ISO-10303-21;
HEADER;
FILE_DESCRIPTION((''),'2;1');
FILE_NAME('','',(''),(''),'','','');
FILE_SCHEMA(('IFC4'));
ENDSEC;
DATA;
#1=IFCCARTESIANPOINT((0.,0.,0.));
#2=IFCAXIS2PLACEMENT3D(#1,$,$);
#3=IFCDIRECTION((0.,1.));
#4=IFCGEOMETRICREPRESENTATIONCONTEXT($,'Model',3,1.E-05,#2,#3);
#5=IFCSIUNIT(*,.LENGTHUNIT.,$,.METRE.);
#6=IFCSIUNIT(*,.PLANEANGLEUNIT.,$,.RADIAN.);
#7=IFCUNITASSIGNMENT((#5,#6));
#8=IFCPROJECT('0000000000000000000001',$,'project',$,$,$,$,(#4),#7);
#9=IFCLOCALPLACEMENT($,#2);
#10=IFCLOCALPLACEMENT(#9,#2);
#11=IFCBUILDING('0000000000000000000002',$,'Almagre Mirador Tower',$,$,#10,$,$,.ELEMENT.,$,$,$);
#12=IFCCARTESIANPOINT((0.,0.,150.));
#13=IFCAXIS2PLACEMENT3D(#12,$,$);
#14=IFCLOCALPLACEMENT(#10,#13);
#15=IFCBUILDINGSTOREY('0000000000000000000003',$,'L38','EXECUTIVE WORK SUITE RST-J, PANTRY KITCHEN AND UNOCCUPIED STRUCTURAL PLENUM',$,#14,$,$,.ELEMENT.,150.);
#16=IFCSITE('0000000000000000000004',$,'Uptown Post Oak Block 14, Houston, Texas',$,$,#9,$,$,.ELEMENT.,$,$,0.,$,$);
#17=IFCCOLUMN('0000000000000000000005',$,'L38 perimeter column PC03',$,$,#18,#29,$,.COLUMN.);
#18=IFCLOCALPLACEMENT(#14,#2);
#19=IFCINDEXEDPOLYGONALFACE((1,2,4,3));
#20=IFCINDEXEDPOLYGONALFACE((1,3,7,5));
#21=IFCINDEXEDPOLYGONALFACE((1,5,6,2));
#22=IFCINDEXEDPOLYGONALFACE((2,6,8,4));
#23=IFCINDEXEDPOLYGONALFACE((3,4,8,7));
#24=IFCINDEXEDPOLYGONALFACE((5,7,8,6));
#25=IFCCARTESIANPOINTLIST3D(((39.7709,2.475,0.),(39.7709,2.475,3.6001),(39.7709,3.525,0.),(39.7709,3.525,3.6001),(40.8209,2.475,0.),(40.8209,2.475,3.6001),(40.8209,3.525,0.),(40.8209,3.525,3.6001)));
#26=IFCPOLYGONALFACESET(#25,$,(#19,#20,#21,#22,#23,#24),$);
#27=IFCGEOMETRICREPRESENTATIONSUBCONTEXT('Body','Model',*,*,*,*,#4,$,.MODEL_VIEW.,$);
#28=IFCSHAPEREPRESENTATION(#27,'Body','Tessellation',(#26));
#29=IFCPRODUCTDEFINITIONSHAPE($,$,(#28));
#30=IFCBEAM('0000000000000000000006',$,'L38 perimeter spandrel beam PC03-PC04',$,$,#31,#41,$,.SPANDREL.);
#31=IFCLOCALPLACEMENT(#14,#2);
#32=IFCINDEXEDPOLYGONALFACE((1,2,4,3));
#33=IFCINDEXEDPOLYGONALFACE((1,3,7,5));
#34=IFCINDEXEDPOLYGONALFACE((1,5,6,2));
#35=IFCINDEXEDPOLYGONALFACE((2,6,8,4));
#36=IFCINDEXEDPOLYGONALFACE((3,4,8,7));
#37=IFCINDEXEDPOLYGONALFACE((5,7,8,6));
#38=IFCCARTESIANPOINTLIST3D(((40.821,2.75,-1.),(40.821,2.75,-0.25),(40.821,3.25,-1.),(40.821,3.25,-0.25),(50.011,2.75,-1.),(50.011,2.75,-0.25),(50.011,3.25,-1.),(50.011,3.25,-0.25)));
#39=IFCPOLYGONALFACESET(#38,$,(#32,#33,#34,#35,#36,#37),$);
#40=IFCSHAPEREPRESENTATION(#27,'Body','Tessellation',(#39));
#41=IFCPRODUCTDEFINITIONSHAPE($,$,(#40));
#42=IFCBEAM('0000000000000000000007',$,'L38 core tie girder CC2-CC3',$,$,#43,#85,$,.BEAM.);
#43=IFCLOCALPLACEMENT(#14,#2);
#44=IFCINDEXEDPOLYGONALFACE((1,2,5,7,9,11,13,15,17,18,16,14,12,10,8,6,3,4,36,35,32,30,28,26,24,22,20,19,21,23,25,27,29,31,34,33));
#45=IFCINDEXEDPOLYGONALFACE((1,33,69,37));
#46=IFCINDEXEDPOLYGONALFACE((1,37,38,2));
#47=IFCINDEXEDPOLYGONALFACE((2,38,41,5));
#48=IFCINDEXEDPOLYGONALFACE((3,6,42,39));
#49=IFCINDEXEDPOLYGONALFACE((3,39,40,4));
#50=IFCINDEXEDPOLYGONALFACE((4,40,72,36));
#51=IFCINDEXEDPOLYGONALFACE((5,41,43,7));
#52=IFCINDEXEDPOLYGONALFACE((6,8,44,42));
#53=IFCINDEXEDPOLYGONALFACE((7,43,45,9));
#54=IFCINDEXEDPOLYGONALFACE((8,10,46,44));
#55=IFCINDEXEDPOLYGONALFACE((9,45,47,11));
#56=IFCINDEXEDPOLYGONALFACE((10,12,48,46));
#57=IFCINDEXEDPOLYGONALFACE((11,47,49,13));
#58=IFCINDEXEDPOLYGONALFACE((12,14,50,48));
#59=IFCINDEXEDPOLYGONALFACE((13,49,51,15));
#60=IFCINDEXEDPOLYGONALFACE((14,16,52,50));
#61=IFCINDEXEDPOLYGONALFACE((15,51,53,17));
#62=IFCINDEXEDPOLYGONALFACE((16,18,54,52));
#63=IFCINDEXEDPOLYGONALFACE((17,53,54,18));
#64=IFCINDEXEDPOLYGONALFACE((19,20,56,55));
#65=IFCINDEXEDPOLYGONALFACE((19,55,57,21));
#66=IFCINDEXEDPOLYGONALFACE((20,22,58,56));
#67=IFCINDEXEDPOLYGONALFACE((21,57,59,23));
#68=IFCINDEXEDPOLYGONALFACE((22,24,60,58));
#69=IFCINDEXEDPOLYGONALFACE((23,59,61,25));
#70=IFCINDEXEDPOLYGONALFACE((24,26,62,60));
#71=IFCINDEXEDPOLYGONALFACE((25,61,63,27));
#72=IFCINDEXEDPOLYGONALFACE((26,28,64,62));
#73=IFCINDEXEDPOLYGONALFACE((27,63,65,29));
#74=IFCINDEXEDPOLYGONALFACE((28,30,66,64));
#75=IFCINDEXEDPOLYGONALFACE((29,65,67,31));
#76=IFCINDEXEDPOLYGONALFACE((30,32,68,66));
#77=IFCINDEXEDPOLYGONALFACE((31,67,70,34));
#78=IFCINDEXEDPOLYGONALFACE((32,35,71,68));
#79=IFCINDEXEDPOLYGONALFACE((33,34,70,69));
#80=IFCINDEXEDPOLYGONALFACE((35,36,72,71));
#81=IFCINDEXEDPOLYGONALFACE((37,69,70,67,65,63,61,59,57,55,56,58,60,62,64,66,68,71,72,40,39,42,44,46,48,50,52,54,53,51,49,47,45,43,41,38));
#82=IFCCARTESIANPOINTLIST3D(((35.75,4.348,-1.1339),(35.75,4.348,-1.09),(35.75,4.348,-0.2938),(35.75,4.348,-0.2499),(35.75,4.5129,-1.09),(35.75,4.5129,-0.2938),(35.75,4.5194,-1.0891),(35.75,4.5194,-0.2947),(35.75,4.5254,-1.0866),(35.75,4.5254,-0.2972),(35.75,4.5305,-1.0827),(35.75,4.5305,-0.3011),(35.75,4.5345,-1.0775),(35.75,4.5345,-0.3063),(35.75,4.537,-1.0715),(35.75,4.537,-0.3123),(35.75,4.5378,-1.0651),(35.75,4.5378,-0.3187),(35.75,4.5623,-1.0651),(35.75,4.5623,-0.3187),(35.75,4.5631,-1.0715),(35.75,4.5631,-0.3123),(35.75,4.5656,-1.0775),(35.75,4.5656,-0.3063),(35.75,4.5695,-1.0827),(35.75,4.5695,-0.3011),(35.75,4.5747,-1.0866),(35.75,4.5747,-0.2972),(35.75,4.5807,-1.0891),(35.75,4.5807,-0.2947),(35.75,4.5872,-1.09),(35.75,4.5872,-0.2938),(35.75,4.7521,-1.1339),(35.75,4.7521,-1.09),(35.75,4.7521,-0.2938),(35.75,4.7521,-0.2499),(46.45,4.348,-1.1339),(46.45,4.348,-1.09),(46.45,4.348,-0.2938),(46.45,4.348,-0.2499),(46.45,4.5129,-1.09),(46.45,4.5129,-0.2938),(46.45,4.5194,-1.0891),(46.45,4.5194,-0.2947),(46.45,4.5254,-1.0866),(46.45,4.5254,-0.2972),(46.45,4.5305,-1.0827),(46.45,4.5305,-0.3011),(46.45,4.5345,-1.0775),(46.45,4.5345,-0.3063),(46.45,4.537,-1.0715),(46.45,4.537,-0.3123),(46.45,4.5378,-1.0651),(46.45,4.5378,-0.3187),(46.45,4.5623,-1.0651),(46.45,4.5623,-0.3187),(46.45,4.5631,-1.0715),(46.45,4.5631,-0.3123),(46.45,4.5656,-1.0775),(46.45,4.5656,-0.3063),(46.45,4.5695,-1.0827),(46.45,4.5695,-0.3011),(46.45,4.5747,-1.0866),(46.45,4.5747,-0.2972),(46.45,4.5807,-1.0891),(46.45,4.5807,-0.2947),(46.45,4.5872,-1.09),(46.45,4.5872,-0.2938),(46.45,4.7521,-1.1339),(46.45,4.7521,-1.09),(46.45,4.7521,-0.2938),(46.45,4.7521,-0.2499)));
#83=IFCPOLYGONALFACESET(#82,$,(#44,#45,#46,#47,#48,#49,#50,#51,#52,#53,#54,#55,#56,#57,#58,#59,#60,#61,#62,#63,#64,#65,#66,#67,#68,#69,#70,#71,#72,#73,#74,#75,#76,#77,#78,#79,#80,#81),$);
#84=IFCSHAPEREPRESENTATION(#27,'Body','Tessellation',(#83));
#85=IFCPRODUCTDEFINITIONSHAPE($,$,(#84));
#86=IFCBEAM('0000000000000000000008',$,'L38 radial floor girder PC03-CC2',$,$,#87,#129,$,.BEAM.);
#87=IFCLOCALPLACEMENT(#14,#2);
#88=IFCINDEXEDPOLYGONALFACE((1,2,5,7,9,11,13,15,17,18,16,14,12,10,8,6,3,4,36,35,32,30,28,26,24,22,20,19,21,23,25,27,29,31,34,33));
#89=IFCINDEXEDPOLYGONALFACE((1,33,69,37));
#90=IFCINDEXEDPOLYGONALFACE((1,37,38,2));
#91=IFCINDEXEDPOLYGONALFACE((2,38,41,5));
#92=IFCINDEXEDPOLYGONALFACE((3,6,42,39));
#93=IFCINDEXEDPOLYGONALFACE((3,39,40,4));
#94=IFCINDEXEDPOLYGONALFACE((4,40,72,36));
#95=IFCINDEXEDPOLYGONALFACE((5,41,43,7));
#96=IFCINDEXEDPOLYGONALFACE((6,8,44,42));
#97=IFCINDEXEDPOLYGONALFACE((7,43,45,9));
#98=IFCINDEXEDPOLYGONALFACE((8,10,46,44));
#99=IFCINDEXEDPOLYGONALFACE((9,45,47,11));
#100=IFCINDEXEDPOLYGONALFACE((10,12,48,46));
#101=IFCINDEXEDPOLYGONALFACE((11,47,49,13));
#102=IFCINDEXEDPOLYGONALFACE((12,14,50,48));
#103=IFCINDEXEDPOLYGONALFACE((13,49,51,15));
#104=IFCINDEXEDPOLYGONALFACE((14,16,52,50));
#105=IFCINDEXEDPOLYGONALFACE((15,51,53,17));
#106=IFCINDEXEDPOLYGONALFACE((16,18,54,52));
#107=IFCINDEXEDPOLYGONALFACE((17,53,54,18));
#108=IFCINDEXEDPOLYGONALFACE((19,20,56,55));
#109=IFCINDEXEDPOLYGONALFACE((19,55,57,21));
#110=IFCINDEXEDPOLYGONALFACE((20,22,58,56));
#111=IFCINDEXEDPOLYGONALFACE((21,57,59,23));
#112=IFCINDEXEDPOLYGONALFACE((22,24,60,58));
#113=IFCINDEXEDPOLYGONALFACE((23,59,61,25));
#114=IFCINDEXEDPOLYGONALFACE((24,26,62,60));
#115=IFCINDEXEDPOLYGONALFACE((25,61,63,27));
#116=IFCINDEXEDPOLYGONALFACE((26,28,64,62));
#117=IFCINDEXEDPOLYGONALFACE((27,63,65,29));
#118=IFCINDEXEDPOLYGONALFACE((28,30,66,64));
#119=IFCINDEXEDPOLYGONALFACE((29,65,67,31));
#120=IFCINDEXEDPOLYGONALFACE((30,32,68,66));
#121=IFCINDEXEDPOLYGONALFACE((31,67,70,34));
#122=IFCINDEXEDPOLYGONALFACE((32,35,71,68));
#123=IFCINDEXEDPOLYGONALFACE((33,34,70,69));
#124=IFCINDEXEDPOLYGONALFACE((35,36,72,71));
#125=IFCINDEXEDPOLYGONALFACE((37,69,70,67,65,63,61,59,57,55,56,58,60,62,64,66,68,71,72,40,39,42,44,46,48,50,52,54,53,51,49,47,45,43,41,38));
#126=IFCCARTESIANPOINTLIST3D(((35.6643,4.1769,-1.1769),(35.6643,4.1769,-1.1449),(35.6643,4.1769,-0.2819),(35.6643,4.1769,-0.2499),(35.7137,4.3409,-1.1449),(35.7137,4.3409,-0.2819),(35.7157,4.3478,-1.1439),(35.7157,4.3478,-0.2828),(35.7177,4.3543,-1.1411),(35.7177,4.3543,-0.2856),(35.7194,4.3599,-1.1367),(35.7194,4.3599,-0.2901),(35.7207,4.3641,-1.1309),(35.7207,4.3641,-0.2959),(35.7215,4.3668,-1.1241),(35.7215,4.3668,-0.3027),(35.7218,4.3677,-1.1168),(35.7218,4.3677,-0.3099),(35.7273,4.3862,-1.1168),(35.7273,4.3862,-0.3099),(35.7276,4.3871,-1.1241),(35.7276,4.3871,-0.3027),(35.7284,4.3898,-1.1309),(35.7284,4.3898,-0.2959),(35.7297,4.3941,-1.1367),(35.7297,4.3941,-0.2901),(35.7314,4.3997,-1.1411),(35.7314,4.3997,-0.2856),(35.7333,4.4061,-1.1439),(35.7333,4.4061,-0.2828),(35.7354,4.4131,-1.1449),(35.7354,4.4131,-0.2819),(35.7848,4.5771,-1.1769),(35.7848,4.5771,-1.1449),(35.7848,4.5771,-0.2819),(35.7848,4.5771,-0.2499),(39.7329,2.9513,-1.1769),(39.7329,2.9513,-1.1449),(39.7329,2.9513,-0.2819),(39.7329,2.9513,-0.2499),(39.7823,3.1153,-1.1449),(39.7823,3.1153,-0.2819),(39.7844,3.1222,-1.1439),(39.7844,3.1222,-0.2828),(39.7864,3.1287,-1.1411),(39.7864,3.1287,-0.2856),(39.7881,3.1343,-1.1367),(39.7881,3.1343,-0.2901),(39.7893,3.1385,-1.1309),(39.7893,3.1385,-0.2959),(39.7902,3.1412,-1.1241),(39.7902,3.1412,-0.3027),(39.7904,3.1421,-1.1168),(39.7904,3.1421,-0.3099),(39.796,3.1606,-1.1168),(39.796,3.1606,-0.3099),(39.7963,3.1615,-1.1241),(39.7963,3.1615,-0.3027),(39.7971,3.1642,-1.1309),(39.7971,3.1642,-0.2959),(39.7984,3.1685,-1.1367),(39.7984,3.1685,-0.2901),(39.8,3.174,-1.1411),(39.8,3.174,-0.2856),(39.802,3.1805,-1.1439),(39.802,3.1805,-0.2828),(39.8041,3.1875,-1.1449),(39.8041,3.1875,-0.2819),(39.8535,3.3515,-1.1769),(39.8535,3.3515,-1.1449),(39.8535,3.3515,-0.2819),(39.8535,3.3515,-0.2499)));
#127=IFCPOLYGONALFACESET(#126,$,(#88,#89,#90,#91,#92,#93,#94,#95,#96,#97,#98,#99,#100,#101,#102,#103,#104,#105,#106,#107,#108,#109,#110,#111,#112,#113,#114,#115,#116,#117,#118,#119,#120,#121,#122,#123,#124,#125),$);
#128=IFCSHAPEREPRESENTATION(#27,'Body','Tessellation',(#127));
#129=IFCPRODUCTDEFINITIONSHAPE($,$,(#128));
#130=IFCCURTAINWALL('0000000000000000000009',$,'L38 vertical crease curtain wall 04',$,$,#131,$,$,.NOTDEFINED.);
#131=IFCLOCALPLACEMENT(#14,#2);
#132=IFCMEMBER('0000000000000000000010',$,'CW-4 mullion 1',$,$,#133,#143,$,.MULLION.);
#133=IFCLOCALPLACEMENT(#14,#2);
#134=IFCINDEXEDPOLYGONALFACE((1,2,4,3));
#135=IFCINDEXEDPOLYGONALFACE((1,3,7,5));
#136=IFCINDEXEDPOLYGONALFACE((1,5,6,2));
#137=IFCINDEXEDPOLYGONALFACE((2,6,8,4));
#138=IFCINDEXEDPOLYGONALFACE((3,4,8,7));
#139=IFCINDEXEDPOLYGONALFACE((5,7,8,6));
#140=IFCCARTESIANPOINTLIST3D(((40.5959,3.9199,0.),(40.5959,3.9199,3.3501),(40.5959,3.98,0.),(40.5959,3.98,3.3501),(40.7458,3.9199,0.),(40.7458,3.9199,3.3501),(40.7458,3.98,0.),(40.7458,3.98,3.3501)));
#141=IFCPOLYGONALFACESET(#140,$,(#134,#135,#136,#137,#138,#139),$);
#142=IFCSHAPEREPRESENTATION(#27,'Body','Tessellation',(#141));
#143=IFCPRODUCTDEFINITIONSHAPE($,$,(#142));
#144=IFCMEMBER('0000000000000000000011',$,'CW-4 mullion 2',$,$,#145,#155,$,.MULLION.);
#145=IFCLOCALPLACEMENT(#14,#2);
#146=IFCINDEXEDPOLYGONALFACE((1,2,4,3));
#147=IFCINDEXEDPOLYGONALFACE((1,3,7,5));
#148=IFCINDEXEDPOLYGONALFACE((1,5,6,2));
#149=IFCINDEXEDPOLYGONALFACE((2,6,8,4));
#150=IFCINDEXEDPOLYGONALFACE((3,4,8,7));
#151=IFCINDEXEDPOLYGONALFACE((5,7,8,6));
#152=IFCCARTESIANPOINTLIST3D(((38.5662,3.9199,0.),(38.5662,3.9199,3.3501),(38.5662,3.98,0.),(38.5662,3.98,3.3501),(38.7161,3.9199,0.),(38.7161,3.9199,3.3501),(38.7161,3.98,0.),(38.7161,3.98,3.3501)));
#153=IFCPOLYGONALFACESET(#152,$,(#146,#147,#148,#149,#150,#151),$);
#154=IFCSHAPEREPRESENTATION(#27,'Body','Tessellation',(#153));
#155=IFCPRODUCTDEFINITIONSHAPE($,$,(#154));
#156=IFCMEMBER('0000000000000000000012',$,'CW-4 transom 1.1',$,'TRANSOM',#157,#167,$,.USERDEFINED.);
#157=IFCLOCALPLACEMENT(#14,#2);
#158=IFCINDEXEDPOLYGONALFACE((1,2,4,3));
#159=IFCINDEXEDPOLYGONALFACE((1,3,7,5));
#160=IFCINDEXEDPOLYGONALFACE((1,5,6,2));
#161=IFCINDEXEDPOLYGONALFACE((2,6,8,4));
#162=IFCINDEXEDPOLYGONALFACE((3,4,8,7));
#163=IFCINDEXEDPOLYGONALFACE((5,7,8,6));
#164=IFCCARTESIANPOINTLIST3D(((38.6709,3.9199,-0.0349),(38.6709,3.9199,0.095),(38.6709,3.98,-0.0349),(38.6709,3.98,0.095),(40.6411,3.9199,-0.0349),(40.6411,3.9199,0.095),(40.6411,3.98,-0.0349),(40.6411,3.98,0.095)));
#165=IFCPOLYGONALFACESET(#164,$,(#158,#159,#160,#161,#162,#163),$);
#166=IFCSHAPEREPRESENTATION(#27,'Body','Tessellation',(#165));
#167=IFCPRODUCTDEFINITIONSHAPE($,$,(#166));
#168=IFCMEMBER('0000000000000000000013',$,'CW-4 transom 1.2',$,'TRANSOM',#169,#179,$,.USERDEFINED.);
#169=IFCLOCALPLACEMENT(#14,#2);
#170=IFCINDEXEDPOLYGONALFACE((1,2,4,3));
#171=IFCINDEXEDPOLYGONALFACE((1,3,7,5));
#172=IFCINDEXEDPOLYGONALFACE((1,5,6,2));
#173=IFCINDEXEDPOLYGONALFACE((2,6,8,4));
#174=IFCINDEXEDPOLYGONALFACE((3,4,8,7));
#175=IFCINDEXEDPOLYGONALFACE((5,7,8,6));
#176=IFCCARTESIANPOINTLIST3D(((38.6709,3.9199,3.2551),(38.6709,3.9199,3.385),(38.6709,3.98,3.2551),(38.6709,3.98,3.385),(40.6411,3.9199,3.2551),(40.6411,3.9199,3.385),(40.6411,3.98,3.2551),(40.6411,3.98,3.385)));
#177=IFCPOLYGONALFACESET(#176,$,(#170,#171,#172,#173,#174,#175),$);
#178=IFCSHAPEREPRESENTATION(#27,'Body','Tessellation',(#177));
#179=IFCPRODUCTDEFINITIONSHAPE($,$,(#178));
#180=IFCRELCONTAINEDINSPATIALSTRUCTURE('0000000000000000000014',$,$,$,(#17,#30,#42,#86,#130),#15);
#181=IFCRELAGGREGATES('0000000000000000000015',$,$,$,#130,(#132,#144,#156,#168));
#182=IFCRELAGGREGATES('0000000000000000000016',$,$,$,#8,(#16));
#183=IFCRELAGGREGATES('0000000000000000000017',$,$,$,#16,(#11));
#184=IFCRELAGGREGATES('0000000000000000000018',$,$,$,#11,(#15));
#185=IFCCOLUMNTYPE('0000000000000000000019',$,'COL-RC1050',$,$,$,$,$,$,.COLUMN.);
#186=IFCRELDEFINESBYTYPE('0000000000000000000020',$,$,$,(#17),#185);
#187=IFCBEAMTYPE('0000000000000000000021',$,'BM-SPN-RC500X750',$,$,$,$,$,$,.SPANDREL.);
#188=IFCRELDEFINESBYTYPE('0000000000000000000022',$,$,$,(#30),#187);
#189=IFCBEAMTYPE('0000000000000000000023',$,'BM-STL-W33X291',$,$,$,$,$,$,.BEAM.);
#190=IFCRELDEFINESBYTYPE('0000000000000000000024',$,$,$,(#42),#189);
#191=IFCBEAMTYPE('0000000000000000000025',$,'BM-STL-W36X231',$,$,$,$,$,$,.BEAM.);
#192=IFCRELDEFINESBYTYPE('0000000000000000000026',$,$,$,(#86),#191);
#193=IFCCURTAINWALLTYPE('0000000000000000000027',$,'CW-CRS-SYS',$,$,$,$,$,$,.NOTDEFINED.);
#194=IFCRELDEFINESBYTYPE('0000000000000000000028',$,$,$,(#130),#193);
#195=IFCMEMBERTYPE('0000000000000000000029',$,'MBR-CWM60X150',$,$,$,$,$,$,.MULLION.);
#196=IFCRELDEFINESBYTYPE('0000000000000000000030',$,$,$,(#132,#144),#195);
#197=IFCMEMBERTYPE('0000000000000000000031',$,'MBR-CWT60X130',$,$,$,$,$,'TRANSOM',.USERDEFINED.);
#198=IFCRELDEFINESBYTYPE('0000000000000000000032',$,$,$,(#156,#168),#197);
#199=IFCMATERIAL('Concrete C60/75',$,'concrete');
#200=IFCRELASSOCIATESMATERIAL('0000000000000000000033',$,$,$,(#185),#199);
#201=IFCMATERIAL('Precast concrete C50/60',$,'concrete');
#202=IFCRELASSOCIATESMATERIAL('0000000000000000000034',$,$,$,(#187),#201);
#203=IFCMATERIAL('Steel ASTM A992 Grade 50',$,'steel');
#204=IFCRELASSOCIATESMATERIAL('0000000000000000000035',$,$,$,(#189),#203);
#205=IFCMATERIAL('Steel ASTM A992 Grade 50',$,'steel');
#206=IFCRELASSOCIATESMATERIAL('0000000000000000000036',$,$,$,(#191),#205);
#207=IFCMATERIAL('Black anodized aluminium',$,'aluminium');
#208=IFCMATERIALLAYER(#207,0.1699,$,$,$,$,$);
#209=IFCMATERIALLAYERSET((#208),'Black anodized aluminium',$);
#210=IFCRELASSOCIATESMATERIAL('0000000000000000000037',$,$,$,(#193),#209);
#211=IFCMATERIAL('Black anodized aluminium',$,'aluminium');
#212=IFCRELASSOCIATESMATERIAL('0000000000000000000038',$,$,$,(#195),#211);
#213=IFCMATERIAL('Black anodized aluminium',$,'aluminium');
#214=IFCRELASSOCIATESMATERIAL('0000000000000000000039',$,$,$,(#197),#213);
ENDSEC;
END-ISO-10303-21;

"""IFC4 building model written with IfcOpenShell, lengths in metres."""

from ifc_helpers import new_model, si_unit, direction, frame, origin, origin_2d, place, context, subcontext, project, spatial, rectangle, i_section, extrude, material, layer, layer_set, material_profile, profile_set, type_object, element, aggregate, save


model = new_model("IFC4")

# Units and contexts
model_context = context("Model", 3, precision=1e-05, world=origin(), true_north=direction((0.0, 1.0)))
body_context = subcontext(model_context, "Body", "Model", "MODEL_VIEW")
ifc_project = project(units=[si_unit("LENGTHUNIT", "METRE"), si_unit("PLANEANGLEUNIT", "RADIAN")], contexts=[model_context])

# Site, building, storey
site_placement = place(None, origin())
site = spatial("IfcSite", under=ifc_project, at=site_placement, Name="Uptown Post Oak Block 14, Houston, Texas", CompositionType="ELEMENT", RefElevation=0.0)
building_placement = place(site_placement, origin())
building = spatial("IfcBuilding", under=site, at=building_placement, Name="Almagre Mirador Tower", CompositionType="ELEMENT")
storey_placement = place(building_placement, frame((0.0, 0.0, 150.0)))
storey = spatial("IfcBuildingStorey", under=building, at=storey_placement, Name="L38", Description="EXECUTIVE WORK SUITE RST-J, PANTRY KITCHEN AND UNOCCUPIED STRUCTURAL PLENUM", CompositionType="ELEMENT", Elevation=150.0)

# Column
ifc_material_1 = material(Name="Concrete C60/75", Category="concrete")
ifc_material_profile_1 = material_profile(ifc_material_1, rectangle(XDim=1.05, YDim=1.05, at=origin_2d()), Name="RC1050X1050")
ifc_profile_set_1 = profile_set([ifc_material_profile_1], Name="Concrete C60/75")
column_type = type_object("IfcColumnType", Name="COL-RC1050", PredefinedType="COLUMN", material=ifc_profile_set_1)
column_placement = place(storey_placement, frame((40.2959, 3.0, 0.0), z_axis=(0.0, 0.0, 1.0), x_axis=(1.0, 0.0, 0.0)))
element("IfcColumn", 1, at=column_placement, inside=storey, type_object=column_type, Name="L38 perimeter column PC03", PredefinedType="COLUMN", context=body_context, shape_type="SweptSolid", body=[
    extrude(rectangle(XDim=1.05, YDim=1.05, at=origin_2d()), origin(), (0.0, 0.0, 1.0), 3.6001),
])

# Beams
ifc_material_2 = material(Name="Precast concrete C50/60", Category="concrete")
ifc_material_profile_2 = material_profile(ifc_material_2, rectangle(XDim=0.5, YDim=0.75, at=origin_2d()), Name="RC500X750")
ifc_profile_set_2 = profile_set([ifc_material_profile_2], Name="Precast concrete C50/60")
beam_type_1 = type_object("IfcBeamType", Name="BM-SPN-RC500X750", PredefinedType="SPANDREL", material=ifc_profile_set_2)
beam_1_placement = place(storey_placement, frame((40.821, 3.0, -0.625), z_axis=(1.0, 0.0, 0.0), x_axis=(0.0, 1.0, 0.0)))
element("IfcBeam", 2, at=beam_1_placement, inside=storey, type_object=beam_type_1, Name="L38 perimeter spandrel beam PC03-PC04", PredefinedType="SPANDREL", context=body_context, shape_type="SweptSolid", body=[
    extrude(rectangle(XDim=0.5, YDim=0.75, at=origin_2d()), origin(), (0.0, 0.0, 1.0), 9.1899),
])
ifc_material_3 = material(Name="Steel ASTM A992 Grade 50", Category="steel")
ifc_material_profile_3 = material_profile(ifc_material_3, i_section(OverallWidth=0.4041, OverallDepth=0.884, WebThickness=0.0244, FlangeThickness=0.0439, FilletRadius=0.0249, at=origin_2d()), Name="W33X291")
ifc_profile_set_3 = profile_set([ifc_material_profile_3], Name="Steel ASTM A992 Grade 50")
beam_type_2 = type_object("IfcBeamType", Name="BM-STL-W33X291", PredefinedType="BEAM", material=ifc_profile_set_3)
beam_2_placement = place(storey_placement, frame((35.75, 4.55, -0.6919), z_axis=(1.0, 0.0, 0.0), x_axis=(0.0, 1.0, 0.0)))
element("IfcBeam", 3, at=beam_2_placement, inside=storey, type_object=beam_type_2, Name="L38 core tie girder CC2-CC3", PredefinedType="BEAM", context=body_context, shape_type="SweptSolid", body=[
    extrude(i_section(OverallWidth=0.4041, OverallDepth=0.884, WebThickness=0.0244, FlangeThickness=0.0439, FilletRadius=0.0249, at=origin_2d()), origin(), (0.0, 0.0, 1.0), 10.7),
])
ifc_material_4 = material(Name="Steel ASTM A992 Grade 50", Category="steel")
ifc_material_profile_4 = material_profile(ifc_material_4, i_section(OverallWidth=0.418, OverallDepth=0.927, WebThickness=0.0193, FlangeThickness=0.032, FilletRadius=0.0281, at=origin_2d()), Name="W36X231")
ifc_profile_set_4 = profile_set([ifc_material_profile_4], Name="Steel ASTM A992 Grade 50")
beam_type_3 = type_object("IfcBeamType", Name="BM-STL-W36X231", PredefinedType="BEAM", material=ifc_profile_set_4)
beam_3_placement = place(storey_placement, frame((39.7932, 3.1514, -0.7134), z_axis=(-0.957501, 0.288428, 0.0), x_axis=(-0.288428, -0.957501, 0.0)))
element("IfcBeam", 4, at=beam_3_placement, inside=storey, type_object=beam_type_3, Name="L38 radial floor girder PC03-CC2", PredefinedType="BEAM", context=body_context, shape_type="SweptSolid", body=[
    extrude(i_section(OverallWidth=0.418, OverallDepth=0.927, WebThickness=0.0193, FlangeThickness=0.032, FilletRadius=0.0281, at=origin_2d()), origin(), (0.0, 0.0, 1.0), 4.2493),
])

# Curtain wall, members
ifc_material_5 = material(Name="Black anodized aluminium", Category="aluminium")
ifc_layer_1 = layer(ifc_material_5, 0.1699)
ifc_layer_set_1 = layer_set([ifc_layer_1], Name="Black anodized aluminium")
curtain_wall_type = type_object("IfcCurtainWallType", Name="CW-CRS-SYS", PredefinedType="NOTDEFINED", material=ifc_layer_set_1)
curtain_wall_placement = place(storey_placement, origin())
curtain_wall = element("IfcCurtainWall", 5, at=curtain_wall_placement, inside=storey, type_object=curtain_wall_type, Name="L38 vertical crease curtain wall 04", PredefinedType="NOTDEFINED")
ifc_material_6 = material(Name="Black anodized aluminium", Category="aluminium")
ifc_material_profile_5 = material_profile(ifc_material_6, rectangle(XDim=0.0601, YDim=0.1499, at=origin_2d()), Name="CWM60X150")
ifc_profile_set_5 = profile_set([ifc_material_profile_5], Name="Black anodized aluminium")
member_type_1 = type_object("IfcMemberType", Name="MBR-CWM60X150", PredefinedType="MULLION", material=ifc_profile_set_5)
member_1_placement = place(storey_placement, frame((40.6709, 3.95, 0.0), z_axis=(0.0, 0.0, 1.0), x_axis=(0.0, -1.0, 0.0)))
member_1 = element("IfcMember", 6, at=member_1_placement, type_object=member_type_1, Name="CW-4 mullion 1", PredefinedType="MULLION", context=body_context, shape_type="SweptSolid", body=[
    extrude(rectangle(XDim=0.0601, YDim=0.1499, at=origin_2d()), origin(), (0.0, 0.0, 1.0), 3.3501),
])
member_2_placement = place(storey_placement, frame((38.6411, 3.95, 0.0), z_axis=(0.0, 0.0, 1.0), x_axis=(0.0, -1.0, 0.0)))
member_2 = element("IfcMember", 7, at=member_2_placement, type_object=member_type_1, Name="CW-4 mullion 2", PredefinedType="MULLION", context=body_context, shape_type="SweptSolid", body=[
    extrude(rectangle(XDim=0.0601, YDim=0.1499, at=origin_2d()), origin(), (0.0, 0.0, 1.0), 3.3501),
])
ifc_material_7 = material(Name="Black anodized aluminium", Category="aluminium")
ifc_material_profile_6 = material_profile(ifc_material_7, rectangle(XDim=0.0601, YDim=0.1299, at=origin_2d()), Name="CWT60X130")
ifc_profile_set_6 = profile_set([ifc_material_profile_6], Name="Black anodized aluminium")
member_type_2 = type_object("IfcMemberType", Name="MBR-CWT60X130", ElementType="TRANSOM", PredefinedType="USERDEFINED", material=ifc_profile_set_6)
member_3_placement = place(storey_placement, frame((40.6411, 3.95, 0.03), z_axis=(-1.0, 0.0, 0.0), x_axis=(0.0, -1.0, 0.0)))
member_3 = element("IfcMember", 8, at=member_3_placement, type_object=member_type_2, Name="CW-4 transom 1.1", ObjectType="TRANSOM", PredefinedType="USERDEFINED", context=body_context, shape_type="SweptSolid", body=[
    extrude(rectangle(XDim=0.0601, YDim=0.1299, at=origin_2d()), origin(), (0.0, 0.0, 1.0), 1.9702),
])
member_4_placement = place(storey_placement, frame((40.6411, 3.95, 3.3201), z_axis=(-1.0, 0.0, 0.0), x_axis=(0.0, -1.0, 0.0)))
member_4 = element("IfcMember", 9, at=member_4_placement, type_object=member_type_2, Name="CW-4 transom 1.2", ObjectType="TRANSOM", PredefinedType="USERDEFINED", context=body_context, shape_type="SweptSolid", body=[
    extrude(rectangle(XDim=0.0601, YDim=0.1299, at=origin_2d()), origin(), (0.0, 0.0, 1.0), 1.9702),
])
aggregate(curtain_wall, [member_1, member_2, member_3, member_4])

save(model, "model.ifc")
